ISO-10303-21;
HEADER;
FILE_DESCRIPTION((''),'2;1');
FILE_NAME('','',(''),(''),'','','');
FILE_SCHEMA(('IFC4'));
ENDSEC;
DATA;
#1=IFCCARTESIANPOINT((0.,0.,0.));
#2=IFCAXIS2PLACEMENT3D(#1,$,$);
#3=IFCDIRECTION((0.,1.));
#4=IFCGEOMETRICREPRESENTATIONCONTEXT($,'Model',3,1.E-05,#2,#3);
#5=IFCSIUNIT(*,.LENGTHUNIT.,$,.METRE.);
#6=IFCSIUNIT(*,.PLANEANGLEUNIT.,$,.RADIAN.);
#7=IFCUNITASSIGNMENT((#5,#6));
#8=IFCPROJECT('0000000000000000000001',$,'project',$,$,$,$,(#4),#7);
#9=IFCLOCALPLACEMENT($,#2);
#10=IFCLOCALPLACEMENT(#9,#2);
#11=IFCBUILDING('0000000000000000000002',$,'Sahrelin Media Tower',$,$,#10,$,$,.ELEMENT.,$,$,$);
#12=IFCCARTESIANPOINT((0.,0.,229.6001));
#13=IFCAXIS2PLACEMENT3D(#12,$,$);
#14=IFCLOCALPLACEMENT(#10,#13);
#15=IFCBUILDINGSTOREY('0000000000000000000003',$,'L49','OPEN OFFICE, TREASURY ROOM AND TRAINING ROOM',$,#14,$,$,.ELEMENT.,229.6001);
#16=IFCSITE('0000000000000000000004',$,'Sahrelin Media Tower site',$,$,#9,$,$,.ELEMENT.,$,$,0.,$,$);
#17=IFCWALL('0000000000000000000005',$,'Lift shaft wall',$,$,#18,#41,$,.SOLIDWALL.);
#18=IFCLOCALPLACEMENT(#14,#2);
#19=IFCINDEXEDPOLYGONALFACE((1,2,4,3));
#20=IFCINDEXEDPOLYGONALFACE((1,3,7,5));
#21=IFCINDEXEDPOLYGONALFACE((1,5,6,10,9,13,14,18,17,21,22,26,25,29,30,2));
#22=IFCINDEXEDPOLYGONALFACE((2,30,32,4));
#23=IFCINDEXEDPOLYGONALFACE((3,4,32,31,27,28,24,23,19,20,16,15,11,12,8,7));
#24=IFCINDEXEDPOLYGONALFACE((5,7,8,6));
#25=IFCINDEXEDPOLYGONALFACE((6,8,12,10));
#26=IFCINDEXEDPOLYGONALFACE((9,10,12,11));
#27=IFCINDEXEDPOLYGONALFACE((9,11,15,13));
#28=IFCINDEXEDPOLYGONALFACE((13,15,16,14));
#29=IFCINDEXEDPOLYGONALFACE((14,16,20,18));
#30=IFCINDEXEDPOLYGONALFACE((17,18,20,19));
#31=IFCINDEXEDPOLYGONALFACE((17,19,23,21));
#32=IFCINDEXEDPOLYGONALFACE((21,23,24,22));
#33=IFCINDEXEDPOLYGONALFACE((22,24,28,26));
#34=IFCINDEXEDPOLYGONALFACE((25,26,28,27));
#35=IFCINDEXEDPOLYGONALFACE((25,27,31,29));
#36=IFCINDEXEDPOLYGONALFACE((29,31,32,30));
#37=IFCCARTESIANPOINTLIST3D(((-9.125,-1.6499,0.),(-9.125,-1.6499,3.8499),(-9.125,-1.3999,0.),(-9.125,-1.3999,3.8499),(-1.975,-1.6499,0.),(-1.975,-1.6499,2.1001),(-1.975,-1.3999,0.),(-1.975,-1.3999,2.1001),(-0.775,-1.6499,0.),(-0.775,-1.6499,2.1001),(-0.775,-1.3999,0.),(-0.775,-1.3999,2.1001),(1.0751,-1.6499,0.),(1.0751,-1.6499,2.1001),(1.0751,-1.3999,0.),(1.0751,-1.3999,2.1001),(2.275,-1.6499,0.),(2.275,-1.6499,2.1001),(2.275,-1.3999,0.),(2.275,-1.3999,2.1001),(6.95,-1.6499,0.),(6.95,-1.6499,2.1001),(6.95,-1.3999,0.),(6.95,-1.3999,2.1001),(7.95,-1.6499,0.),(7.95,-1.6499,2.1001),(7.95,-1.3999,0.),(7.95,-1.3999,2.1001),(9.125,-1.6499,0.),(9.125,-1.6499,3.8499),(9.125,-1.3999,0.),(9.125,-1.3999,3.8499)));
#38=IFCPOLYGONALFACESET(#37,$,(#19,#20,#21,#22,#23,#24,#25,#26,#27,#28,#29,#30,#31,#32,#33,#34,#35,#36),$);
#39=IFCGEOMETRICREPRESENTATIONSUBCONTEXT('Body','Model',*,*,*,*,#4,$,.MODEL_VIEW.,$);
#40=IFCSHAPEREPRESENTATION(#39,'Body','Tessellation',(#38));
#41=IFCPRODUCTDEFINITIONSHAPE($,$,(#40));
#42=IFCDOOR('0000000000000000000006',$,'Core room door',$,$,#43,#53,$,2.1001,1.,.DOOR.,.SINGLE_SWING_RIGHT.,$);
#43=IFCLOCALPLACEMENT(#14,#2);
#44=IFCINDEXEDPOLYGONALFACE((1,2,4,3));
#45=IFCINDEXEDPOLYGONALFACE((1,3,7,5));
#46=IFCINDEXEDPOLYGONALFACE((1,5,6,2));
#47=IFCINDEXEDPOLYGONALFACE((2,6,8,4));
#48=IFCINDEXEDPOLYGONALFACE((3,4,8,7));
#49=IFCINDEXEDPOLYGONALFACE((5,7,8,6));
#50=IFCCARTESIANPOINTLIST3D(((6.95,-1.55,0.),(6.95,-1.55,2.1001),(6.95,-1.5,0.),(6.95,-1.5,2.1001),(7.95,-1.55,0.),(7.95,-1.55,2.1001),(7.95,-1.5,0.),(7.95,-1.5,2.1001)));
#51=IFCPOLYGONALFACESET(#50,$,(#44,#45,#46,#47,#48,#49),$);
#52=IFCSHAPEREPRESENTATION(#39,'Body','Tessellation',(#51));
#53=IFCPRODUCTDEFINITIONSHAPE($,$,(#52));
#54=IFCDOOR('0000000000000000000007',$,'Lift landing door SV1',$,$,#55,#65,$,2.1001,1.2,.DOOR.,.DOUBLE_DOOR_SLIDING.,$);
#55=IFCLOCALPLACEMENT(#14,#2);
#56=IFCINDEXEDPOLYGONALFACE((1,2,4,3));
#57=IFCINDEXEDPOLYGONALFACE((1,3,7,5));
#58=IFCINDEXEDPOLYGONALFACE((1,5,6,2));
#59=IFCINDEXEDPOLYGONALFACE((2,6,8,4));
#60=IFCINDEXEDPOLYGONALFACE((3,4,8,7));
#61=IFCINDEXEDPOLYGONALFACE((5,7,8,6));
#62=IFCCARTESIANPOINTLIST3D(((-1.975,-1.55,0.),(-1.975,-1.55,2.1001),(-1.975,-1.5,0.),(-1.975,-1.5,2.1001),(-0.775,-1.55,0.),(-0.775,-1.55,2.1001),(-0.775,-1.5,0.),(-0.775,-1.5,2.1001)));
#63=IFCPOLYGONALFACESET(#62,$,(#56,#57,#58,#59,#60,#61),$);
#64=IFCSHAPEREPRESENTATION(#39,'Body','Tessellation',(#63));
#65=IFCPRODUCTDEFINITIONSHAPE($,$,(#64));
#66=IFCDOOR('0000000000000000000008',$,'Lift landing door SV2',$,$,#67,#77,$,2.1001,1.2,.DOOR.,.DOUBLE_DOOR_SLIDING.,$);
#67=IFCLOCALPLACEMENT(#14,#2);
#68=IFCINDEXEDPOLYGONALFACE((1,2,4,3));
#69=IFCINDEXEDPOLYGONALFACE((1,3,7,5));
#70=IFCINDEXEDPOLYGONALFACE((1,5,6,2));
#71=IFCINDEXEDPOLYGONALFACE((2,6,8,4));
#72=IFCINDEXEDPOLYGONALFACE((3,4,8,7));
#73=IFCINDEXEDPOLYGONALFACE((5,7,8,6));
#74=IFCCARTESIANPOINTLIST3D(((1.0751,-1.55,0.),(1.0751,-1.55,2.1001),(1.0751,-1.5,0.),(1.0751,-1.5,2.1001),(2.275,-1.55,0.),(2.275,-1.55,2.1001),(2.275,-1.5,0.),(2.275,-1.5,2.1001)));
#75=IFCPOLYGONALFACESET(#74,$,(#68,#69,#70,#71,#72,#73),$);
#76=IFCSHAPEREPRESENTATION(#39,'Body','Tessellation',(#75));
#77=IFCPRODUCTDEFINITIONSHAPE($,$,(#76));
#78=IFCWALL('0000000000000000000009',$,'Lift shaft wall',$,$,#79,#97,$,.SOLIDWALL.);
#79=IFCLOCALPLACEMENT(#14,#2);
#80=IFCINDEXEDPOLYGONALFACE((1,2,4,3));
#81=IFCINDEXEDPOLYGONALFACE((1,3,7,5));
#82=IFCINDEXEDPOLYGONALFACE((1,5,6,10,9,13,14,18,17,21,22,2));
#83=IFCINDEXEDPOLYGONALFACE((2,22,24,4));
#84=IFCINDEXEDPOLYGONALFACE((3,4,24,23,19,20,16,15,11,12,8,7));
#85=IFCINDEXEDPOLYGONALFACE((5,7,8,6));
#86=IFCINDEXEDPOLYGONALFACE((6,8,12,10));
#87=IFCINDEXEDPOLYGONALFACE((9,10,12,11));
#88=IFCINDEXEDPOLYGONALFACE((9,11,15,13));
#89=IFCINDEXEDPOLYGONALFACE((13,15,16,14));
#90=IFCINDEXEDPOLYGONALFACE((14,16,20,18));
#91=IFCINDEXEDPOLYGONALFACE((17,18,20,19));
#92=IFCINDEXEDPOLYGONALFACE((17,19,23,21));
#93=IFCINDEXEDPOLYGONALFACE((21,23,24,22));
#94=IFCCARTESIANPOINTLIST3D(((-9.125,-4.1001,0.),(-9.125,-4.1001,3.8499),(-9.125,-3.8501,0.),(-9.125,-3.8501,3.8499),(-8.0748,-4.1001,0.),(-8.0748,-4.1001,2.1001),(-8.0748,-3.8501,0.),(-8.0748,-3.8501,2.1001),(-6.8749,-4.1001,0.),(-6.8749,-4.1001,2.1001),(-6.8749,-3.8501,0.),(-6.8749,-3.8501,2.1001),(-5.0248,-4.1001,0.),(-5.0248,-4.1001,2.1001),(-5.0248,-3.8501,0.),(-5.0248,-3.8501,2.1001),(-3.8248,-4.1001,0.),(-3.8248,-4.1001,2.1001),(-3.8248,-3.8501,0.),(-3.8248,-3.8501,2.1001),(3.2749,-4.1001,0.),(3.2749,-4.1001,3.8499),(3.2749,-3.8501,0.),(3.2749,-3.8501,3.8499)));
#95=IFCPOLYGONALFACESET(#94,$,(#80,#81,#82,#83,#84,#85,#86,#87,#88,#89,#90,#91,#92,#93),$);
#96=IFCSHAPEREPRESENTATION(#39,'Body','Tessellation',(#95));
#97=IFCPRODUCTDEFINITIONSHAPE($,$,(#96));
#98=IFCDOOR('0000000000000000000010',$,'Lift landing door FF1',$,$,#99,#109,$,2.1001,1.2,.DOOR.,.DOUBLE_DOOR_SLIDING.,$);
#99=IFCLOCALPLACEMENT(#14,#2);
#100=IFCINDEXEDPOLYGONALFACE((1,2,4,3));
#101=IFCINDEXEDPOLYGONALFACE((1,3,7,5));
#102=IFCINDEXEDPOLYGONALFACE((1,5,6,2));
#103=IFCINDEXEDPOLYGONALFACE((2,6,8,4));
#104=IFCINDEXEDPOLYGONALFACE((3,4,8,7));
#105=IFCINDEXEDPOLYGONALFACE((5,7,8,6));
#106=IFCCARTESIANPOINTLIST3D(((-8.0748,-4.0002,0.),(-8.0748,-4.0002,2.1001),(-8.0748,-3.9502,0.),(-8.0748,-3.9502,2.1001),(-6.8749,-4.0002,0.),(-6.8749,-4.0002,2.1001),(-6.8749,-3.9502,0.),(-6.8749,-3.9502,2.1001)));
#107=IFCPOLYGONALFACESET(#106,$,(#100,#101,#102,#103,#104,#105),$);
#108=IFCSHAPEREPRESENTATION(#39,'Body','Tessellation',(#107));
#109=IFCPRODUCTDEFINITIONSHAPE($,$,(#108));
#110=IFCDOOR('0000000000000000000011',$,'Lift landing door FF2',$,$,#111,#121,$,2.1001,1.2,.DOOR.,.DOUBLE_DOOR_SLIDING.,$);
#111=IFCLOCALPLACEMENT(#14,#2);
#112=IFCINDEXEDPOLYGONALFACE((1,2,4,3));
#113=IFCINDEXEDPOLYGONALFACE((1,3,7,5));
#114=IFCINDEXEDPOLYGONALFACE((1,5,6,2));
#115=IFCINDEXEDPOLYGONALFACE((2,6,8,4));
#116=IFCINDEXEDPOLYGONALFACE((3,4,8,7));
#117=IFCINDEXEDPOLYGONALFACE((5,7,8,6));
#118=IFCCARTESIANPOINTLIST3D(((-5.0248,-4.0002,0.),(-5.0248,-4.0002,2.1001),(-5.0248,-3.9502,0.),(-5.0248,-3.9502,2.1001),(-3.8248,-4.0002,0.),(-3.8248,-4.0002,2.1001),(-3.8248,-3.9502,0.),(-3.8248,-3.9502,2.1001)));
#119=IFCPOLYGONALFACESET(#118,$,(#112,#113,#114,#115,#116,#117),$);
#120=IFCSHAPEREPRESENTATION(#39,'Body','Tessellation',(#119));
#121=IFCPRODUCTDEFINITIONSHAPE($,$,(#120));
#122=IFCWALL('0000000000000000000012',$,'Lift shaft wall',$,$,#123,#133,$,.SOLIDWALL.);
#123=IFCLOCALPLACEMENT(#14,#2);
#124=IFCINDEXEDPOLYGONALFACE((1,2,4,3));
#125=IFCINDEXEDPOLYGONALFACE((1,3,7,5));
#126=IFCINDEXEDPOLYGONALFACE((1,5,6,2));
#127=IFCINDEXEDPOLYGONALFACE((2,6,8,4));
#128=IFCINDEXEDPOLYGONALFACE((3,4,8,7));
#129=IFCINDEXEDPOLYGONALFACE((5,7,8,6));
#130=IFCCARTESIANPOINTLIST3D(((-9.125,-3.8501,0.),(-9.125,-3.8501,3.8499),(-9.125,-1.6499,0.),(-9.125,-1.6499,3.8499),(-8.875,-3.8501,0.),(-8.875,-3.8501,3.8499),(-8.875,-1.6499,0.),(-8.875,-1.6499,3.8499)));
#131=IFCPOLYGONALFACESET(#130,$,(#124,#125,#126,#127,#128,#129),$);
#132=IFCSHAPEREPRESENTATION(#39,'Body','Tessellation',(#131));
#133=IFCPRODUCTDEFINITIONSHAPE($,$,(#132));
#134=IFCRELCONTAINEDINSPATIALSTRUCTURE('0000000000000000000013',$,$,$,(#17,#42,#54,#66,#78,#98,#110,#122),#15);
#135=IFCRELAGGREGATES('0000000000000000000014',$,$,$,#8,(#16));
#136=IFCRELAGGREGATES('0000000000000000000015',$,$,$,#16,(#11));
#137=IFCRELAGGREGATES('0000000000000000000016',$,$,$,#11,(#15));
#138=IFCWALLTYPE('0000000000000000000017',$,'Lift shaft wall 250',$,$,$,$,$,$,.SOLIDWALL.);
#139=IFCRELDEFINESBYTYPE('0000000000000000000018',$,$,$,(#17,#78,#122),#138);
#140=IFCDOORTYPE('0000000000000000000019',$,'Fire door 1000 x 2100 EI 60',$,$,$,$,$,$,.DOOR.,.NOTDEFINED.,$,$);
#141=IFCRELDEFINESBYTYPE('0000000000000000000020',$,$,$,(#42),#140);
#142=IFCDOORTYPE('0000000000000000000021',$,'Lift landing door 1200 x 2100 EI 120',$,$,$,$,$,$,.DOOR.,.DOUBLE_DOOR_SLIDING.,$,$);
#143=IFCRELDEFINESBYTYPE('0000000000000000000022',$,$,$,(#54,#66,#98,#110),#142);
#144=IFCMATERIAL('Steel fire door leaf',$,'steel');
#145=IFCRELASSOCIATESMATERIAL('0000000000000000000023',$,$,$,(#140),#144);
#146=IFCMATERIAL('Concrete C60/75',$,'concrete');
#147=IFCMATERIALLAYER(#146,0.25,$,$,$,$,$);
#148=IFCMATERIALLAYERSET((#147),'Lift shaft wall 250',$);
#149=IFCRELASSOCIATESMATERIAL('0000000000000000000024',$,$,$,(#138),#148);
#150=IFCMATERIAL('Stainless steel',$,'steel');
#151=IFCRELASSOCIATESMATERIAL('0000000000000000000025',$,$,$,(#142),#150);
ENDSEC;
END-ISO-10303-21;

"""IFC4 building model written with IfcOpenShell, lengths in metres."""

from ifc_helpers import new_model, si_unit, direction, frame, frame_2d, origin, place, context, subcontext, project, spatial, rectangle, extrude, material, layer, layer_set, type_object, element, fill, save


model = new_model("IFC4")

# Units and contexts
model_context = context("Model", 3, precision=1e-05, world=origin(), true_north=direction((0.0, 1.0)))
body_context = subcontext(model_context, "Body", "Model", "MODEL_VIEW")
ifc_project = project(units=[si_unit("LENGTHUNIT", "METRE"), si_unit("PLANEANGLEUNIT", "RADIAN")], contexts=[model_context])

# Site, building, storey
site_placement = place(None, origin())
site = spatial("IfcSite", under=ifc_project, at=site_placement, Name="Sahrelin Media Tower site", CompositionType="ELEMENT", RefElevation=0.0)
building_placement = place(site_placement, origin())
building = spatial("IfcBuilding", under=site, at=building_placement, Name="Sahrelin Media Tower", CompositionType="ELEMENT")
storey_placement = place(building_placement, frame((0.0, 0.0, 229.6001)))
storey = spatial("IfcBuildingStorey", under=building, at=storey_placement, Name="L49", Description="OPEN OFFICE, TREASURY ROOM AND TRAINING ROOM", CompositionType="ELEMENT", Elevation=229.6001)

# Shared definitions
ifc_material_1 = material(Name="Concrete C60/75", Category="concrete")

# Shared definitions
ifc_material_2 = material(Name="Steel fire door leaf", Category="steel")
door_type_1 = type_object("IfcDoorType", Name="Fire door 1000 x 2100 EI 60", OperationType="NOTDEFINED", PredefinedType="DOOR", material=ifc_material_2)

# Walls, openings, doors
ifc_layer_1 = layer(ifc_material_1, 0.25)
ifc_layer_set_1 = layer_set([ifc_layer_1], Name="Lift shaft wall 250")
wall_type_1 = type_object("IfcWallType", Name="Lift shaft wall 250", PredefinedType="SOLIDWALL", material=ifc_layer_set_1)
wall_1_placement = place(storey_placement, frame((-9.125, -1.5249, 0.0), z_axis=(0.0, 0.0, 1.0), x_axis=(1.0, 0.0, 0.0)))
wall_1 = element("IfcWall", 1, at=wall_1_placement, inside=storey, type_object=wall_type_1, Name="Lift shaft wall", PredefinedType="SOLIDWALL", context=body_context, shape_type="SweptSolid", body=[
    extrude(rectangle(XDim=18.25, YDim=0.25, at=frame_2d((9.125, 0.0))), origin(), (0.0, 0.0, 1.0), 3.8499),
])
opening_1_placement = place(wall_1_placement, frame((7.1499, 0.0, 0.0)))
opening_1 = element("IfcOpeningElement", 2, at=opening_1_placement, cuts=wall_1, PredefinedType="OPENING", context=body_context, shape_type="SweptSolid", body=[
    extrude(rectangle(XDim=1.2, YDim=2.1001, at=frame_2d((0.6001, 1.05))), frame((0.0, 0.125, 0.0), z_axis=(0.0, -1.0, 0.0), x_axis=(1.0, 0.0, 0.0)), (0.0, 0.0, 1.0), 0.25),
])
opening_2_placement = place(wall_1_placement, frame((10.2, 0.0, 0.0)))
opening_2 = element("IfcOpeningElement", 3, at=opening_2_placement, cuts=wall_1, PredefinedType="OPENING", context=body_context, shape_type="SweptSolid", body=[
    extrude(rectangle(XDim=1.2, YDim=2.1001, at=frame_2d((0.6001, 1.05))), frame((0.0, 0.125, 0.0), z_axis=(0.0, -1.0, 0.0), x_axis=(1.0, 0.0, 0.0)), (0.0, 0.0, 1.0), 0.25),
])
opening_3_placement = place(wall_1_placement, frame((16.075, 0.0, 0.0)))
opening_3 = element("IfcOpeningElement", 4, at=opening_3_placement, cuts=wall_1, PredefinedType="OPENING", context=body_context, shape_type="SweptSolid", body=[
    extrude(rectangle(XDim=1.0, YDim=2.1001, at=frame_2d((0.5, 1.05))), frame((0.0, 0.125, 0.0), z_axis=(0.0, -1.0, 0.0), x_axis=(1.0, 0.0, 0.0)), (0.0, 0.0, 1.0), 0.25),
])
door_1_placement = place(opening_3_placement, origin())
door_1 = element("IfcDoor", 5, at=door_1_placement, inside=storey, type_object=door_type_1, Name="Core room door", OperationType="SINGLE_SWING_RIGHT", OverallHeight=2.1001, OverallWidth=1.0, PredefinedType="DOOR", context=body_context, shape_type="SweptSolid", body=[
    extrude(rectangle(XDim=1.0, YDim=2.1001, at=frame_2d((0.5, 1.05))), frame((0.0, 0.0249, 0.0), z_axis=(0.0, -1.0, 0.0), x_axis=(1.0, 0.0, 0.0)), (0.0, 0.0, 1.0), 0.05),
])
fill(opening_3, door_1)
ifc_material_3 = material(Name="Stainless steel", Category="steel")
door_type_2 = type_object("IfcDoorType", Name="Lift landing door 1200 x 2100 EI 120", OperationType="DOUBLE_DOOR_SLIDING", PredefinedType="DOOR", material=ifc_material_3)
door_2_placement = place(opening_1_placement, origin())
door_2 = element("IfcDoor", 6, at=door_2_placement, inside=storey, type_object=door_type_2, Name="Lift landing door SV1", OperationType="DOUBLE_DOOR_SLIDING", OverallHeight=2.1001, OverallWidth=1.2, PredefinedType="DOOR", context=body_context, shape_type="SweptSolid", body=[
    extrude(rectangle(XDim=1.2, YDim=2.1001, at=frame_2d((0.6001, 1.05))), frame((0.0, 0.0249, 0.0), z_axis=(0.0, -1.0, 0.0), x_axis=(1.0, 0.0, 0.0)), (0.0, 0.0, 1.0), 0.05),
])
fill(opening_1, door_2)
door_3_placement = place(opening_2_placement, origin())
door_3 = element("IfcDoor", 7, at=door_3_placement, inside=storey, type_object=door_type_2, Name="Lift landing door SV2", OperationType="DOUBLE_DOOR_SLIDING", OverallHeight=2.1001, OverallWidth=1.2, PredefinedType="DOOR", context=body_context, shape_type="SweptSolid", body=[
    extrude(rectangle(XDim=1.2, YDim=2.1001, at=frame_2d((0.6001, 1.05))), frame((0.0, 0.0249, 0.0), z_axis=(0.0, -1.0, 0.0), x_axis=(1.0, 0.0, 0.0)), (0.0, 0.0, 1.0), 0.05),
])
fill(opening_2, door_3)
wall_2_placement = place(storey_placement, frame((-9.125, -3.9751, 0.0), z_axis=(0.0, 0.0, 1.0), x_axis=(1.0, 0.0, 0.0)))
wall_2 = element("IfcWall", 8, at=wall_2_placement, inside=storey, type_object=wall_type_1, Name="Lift shaft wall", PredefinedType="SOLIDWALL", context=body_context, shape_type="SweptSolid", body=[
    extrude(rectangle(XDim=12.3999, YDim=0.25, at=frame_2d((6.2, 0.0))), origin(), (0.0, 0.0, 1.0), 3.8499),
])
opening_4_placement = place(wall_2_placement, frame((1.05, 0.0, 0.0)))
opening_4 = element("IfcOpeningElement", 9, at=opening_4_placement, cuts=wall_2, PredefinedType="OPENING", context=body_context, shape_type="SweptSolid", body=[
    extrude(rectangle(XDim=1.2, YDim=2.1001, at=frame_2d((0.6001, 1.05))), frame((0.0, 0.125, 0.0), z_axis=(0.0, -1.0, 0.0), x_axis=(1.0, 0.0, 0.0)), (0.0, 0.0, 1.0), 0.25),
])
opening_5_placement = place(wall_2_placement, frame((4.1001, 0.0, 0.0)))
opening_5 = element("IfcOpeningElement", 10, at=opening_5_placement, cuts=wall_2, PredefinedType="OPENING", context=body_context, shape_type="SweptSolid", body=[
    extrude(rectangle(XDim=1.2, YDim=2.1001, at=frame_2d((0.6001, 1.05))), frame((0.0, 0.125, 0.0), z_axis=(0.0, -1.0, 0.0), x_axis=(1.0, 0.0, 0.0)), (0.0, 0.0, 1.0), 0.25),
])
door_4_placement = place(opening_4_placement, origin())
door_4 = element("IfcDoor", 11, at=door_4_placement, inside=storey, type_object=door_type_2, Name="Lift landing door FF1", OperationType="DOUBLE_DOOR_SLIDING", OverallHeight=2.1001, OverallWidth=1.2, PredefinedType="DOOR", context=body_context, shape_type="SweptSolid", body=[
    extrude(rectangle(XDim=1.2, YDim=2.1001, at=frame_2d((0.6001, 1.05))), frame((0.0, 0.0249, 0.0), z_axis=(0.0, -1.0, 0.0), x_axis=(1.0, 0.0, 0.0)), (0.0, 0.0, 1.0), 0.05),
])
fill(opening_4, door_4)
door_5_placement = place(opening_5_placement, origin())
door_5 = element("IfcDoor", 12, at=door_5_placement, inside=storey, type_object=door_type_2, Name="Lift landing door FF2", OperationType="DOUBLE_DOOR_SLIDING", OverallHeight=2.1001, OverallWidth=1.2, PredefinedType="DOOR", context=body_context, shape_type="SweptSolid", body=[
    extrude(rectangle(XDim=1.2, YDim=2.1001, at=frame_2d((0.6001, 1.05))), frame((0.0, 0.0249, 0.0), z_axis=(0.0, -1.0, 0.0), x_axis=(1.0, 0.0, 0.0)), (0.0, 0.0, 1.0), 0.05),
])
fill(opening_5, door_5)

# Wall
wall_3_placement = place(storey_placement, frame((-9.0, -3.8501, 0.0), z_axis=(0.0, 0.0, 1.0), x_axis=(0.0, 1.0, 0.0)))
element("IfcWall", 13, at=wall_3_placement, inside=storey, type_object=wall_type_1, Name="Lift shaft wall", PredefinedType="SOLIDWALL", context=body_context, shape_type="SweptSolid", body=[
    extrude(rectangle(XDim=2.2002, YDim=0.25, at=frame_2d((1.1001, 0.0))), origin(), (0.0, 0.0, 1.0), 3.8499),
])

save(model, "model.ifc")
